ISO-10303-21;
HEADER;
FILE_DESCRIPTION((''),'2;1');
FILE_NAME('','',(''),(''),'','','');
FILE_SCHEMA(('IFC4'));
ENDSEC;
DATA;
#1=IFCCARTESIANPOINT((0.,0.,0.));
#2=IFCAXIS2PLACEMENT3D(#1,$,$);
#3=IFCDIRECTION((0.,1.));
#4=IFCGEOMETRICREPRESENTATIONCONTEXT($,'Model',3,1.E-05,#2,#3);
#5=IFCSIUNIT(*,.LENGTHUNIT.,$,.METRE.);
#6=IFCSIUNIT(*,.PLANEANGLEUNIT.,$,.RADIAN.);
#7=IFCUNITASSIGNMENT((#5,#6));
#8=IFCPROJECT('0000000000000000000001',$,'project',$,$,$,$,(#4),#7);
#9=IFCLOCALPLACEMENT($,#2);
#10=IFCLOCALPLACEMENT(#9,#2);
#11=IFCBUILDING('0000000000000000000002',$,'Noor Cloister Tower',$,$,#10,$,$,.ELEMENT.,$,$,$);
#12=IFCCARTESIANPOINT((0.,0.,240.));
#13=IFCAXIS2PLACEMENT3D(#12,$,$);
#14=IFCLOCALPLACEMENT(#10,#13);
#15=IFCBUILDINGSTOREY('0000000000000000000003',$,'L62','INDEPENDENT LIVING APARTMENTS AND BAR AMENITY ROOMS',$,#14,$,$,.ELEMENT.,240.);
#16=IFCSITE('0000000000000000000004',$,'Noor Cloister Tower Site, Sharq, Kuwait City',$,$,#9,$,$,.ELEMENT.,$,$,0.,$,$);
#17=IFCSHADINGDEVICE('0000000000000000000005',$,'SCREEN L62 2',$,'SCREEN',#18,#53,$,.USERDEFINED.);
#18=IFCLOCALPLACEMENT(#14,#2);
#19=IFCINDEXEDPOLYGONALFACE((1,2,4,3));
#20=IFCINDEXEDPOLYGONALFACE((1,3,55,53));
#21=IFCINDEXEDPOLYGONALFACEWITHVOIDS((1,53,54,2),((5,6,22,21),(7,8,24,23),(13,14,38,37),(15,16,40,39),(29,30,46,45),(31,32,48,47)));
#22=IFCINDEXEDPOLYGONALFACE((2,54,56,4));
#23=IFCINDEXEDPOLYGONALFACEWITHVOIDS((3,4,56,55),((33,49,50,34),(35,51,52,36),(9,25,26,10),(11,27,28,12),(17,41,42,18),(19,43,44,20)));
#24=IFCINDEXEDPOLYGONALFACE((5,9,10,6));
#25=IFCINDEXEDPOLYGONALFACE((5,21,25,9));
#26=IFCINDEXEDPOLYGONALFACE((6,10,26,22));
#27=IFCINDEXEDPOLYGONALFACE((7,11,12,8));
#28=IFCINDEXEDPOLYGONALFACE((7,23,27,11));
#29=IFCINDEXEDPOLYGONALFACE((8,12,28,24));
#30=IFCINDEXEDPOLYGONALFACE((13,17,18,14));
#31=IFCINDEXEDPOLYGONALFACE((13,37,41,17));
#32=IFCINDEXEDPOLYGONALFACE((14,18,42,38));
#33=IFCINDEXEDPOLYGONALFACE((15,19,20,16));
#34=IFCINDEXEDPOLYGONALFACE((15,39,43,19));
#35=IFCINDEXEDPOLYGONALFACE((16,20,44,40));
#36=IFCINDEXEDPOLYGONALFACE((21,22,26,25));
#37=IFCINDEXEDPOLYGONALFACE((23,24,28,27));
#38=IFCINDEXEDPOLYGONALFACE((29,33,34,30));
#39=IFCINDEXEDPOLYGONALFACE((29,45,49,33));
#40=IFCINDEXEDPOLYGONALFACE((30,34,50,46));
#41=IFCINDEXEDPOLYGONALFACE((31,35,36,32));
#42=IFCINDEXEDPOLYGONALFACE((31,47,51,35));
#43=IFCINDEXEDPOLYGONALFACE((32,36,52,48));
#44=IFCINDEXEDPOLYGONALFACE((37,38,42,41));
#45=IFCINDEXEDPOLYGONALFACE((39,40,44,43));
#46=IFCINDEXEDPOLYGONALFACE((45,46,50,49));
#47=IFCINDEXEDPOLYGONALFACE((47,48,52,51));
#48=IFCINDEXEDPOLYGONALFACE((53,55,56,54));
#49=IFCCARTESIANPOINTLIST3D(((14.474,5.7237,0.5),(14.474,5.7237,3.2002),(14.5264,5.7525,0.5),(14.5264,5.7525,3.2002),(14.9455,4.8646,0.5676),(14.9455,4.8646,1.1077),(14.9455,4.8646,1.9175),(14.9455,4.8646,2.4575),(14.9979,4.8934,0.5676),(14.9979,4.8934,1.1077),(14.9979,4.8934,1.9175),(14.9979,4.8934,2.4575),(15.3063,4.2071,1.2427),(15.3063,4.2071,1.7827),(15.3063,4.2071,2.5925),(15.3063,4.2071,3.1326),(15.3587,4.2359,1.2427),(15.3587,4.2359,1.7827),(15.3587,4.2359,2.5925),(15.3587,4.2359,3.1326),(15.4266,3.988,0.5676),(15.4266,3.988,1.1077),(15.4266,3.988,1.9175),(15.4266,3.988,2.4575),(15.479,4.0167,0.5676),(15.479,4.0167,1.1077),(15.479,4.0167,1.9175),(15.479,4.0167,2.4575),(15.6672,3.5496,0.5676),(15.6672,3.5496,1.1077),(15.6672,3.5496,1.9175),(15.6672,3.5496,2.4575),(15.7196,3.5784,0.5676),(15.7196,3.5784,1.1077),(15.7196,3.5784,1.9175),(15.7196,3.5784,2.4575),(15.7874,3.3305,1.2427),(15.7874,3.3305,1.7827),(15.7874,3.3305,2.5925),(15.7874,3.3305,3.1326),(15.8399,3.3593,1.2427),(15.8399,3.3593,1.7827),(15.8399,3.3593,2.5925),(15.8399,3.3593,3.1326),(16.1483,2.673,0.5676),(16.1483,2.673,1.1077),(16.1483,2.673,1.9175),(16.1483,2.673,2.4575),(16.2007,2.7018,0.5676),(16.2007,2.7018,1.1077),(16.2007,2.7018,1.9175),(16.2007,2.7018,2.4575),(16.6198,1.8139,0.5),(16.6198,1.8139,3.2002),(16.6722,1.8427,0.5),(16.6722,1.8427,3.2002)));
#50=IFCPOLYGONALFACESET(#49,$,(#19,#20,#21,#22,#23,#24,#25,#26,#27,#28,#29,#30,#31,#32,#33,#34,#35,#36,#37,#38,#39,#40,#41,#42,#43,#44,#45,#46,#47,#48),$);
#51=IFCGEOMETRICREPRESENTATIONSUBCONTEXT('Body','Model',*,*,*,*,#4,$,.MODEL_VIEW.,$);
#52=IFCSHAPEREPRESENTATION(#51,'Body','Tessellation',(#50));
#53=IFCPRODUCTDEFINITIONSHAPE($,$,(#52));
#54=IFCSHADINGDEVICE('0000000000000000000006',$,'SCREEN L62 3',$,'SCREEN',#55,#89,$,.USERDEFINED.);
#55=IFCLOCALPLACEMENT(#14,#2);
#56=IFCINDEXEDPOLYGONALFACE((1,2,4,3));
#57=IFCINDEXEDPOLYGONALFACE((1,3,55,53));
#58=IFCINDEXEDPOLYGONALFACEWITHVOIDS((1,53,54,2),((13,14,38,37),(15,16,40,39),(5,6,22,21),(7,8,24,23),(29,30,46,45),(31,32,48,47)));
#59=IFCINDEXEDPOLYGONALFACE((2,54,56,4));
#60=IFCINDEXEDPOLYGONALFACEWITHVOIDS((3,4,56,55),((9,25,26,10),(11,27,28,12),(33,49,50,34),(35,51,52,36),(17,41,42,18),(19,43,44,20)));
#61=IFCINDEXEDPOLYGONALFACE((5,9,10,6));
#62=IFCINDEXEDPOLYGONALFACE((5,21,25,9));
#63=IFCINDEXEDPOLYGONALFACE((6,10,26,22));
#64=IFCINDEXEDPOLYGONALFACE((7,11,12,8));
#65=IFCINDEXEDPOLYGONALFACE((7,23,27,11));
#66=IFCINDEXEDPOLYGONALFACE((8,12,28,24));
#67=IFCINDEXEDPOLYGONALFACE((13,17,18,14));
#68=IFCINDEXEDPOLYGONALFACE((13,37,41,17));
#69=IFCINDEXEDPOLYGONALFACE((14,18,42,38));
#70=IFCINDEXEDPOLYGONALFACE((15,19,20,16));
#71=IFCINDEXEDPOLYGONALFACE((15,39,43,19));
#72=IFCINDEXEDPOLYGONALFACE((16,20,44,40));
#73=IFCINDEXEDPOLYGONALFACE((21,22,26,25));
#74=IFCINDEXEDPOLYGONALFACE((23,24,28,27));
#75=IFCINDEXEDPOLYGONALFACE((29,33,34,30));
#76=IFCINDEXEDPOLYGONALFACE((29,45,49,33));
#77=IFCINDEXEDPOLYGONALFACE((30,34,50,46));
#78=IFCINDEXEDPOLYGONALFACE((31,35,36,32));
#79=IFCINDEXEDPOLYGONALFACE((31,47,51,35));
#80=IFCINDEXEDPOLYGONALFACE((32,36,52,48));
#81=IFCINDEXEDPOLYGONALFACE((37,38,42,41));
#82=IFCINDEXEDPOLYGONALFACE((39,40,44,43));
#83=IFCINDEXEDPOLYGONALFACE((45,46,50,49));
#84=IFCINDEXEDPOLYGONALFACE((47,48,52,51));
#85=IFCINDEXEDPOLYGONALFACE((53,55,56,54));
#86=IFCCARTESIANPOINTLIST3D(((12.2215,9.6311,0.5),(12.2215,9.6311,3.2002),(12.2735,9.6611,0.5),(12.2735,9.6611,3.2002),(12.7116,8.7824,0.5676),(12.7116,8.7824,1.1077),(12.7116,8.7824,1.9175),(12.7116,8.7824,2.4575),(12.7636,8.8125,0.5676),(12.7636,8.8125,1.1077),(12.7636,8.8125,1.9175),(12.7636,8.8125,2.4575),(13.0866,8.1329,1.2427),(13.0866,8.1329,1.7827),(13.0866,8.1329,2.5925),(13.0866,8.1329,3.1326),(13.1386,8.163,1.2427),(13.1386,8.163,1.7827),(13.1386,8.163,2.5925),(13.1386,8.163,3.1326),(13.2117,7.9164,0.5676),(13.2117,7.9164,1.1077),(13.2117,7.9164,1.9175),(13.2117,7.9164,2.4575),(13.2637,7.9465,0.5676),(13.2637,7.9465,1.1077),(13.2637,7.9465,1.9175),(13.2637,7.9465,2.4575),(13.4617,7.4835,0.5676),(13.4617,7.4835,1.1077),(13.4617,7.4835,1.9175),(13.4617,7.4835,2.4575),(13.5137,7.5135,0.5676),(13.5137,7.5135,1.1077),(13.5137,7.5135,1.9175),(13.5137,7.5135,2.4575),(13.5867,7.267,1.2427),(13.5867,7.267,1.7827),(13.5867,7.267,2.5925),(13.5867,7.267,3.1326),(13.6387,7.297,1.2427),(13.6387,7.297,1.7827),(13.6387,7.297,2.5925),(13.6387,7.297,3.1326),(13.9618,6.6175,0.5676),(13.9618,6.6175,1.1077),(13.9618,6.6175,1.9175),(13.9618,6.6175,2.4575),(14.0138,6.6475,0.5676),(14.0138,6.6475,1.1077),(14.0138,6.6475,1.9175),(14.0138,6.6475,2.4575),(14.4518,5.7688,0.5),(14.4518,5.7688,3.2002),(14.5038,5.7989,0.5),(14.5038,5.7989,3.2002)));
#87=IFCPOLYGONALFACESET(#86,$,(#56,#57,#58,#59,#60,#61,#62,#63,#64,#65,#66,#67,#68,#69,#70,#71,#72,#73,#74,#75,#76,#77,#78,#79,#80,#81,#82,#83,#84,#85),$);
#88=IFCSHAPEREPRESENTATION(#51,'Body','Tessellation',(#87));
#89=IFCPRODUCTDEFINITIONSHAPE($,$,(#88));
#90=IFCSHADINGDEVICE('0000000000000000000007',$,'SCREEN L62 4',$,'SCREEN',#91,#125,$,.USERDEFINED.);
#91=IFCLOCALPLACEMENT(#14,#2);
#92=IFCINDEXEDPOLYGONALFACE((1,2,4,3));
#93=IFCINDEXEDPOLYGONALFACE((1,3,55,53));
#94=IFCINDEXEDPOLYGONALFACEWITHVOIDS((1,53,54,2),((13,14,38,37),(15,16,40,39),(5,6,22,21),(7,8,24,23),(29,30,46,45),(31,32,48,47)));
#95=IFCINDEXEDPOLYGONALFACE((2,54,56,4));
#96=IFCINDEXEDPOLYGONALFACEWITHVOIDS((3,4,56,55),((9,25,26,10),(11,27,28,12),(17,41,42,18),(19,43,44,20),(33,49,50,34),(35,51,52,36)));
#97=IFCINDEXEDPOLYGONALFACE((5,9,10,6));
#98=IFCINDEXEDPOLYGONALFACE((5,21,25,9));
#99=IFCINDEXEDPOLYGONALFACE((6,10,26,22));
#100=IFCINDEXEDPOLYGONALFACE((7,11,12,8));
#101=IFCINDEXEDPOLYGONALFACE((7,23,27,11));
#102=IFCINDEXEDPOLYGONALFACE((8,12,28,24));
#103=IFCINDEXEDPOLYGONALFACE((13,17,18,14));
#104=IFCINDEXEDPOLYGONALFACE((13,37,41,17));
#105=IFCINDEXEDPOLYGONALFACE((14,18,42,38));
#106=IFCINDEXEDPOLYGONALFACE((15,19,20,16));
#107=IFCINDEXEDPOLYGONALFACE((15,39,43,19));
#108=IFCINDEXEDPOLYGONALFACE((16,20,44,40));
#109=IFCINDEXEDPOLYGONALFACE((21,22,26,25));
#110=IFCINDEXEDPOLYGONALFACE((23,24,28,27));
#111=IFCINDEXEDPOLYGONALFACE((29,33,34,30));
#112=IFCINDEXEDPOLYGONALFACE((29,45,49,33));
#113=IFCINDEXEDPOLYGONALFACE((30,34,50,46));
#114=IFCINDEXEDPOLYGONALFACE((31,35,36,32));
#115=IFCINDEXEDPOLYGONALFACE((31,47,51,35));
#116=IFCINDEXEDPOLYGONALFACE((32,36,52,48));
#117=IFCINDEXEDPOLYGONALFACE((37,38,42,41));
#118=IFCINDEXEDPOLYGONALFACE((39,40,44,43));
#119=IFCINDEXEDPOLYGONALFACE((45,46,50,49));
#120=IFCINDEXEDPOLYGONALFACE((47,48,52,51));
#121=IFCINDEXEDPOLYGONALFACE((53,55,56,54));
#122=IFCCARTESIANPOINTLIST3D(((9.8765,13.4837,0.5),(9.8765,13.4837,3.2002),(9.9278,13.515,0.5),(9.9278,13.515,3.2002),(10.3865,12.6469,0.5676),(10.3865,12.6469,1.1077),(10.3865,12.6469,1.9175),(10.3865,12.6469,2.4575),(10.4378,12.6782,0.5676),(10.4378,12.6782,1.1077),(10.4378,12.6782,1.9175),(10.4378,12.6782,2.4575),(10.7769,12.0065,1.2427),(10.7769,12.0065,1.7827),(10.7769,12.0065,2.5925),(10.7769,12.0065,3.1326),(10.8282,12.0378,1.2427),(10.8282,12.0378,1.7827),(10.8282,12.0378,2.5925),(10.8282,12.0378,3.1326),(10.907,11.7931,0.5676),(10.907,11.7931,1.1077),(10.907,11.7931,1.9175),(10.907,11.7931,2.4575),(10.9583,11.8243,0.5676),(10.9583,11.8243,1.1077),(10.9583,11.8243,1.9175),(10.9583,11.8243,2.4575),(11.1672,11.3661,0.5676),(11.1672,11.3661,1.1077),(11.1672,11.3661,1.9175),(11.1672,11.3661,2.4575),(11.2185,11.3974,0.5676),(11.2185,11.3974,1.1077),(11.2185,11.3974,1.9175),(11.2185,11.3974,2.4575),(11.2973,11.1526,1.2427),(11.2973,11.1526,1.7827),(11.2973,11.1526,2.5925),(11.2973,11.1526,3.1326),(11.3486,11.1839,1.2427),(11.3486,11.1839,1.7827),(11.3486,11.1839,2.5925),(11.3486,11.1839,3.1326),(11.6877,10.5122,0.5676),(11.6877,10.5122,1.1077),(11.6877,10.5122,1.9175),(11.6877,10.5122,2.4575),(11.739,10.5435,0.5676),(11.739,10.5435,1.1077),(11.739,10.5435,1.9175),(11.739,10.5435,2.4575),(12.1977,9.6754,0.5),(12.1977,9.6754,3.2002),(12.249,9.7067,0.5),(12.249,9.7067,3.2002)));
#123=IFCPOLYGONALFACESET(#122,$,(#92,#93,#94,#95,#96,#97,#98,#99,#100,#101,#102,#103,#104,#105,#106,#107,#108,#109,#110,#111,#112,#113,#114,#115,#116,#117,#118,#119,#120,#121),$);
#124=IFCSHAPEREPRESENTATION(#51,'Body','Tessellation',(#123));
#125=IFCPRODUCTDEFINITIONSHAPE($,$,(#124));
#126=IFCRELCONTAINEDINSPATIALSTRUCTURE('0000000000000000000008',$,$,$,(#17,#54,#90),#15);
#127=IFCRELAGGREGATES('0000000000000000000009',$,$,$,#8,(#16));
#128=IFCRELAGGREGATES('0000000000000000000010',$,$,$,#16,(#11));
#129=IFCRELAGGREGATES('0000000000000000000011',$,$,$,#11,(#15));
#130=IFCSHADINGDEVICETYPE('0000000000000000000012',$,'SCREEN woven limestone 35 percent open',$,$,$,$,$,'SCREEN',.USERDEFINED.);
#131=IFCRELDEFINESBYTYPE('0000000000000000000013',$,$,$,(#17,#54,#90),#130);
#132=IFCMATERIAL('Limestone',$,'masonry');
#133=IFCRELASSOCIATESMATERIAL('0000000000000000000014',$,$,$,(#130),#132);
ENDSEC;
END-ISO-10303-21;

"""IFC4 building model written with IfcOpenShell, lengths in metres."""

from ifc_helpers import new_model, si_unit, direction, frame, origin, place, context, subcontext, project, spatial, polyline, outline, extrude, material, material_profile, profile_set, type_object, element, save


model = new_model("IFC4")

# Units and contexts
model_context = context("Model", 3, precision=1e-05, world=origin(), true_north=direction((0.0, 1.0)))
body_context = subcontext(model_context, "Body", "Model", "MODEL_VIEW")
ifc_project = project(units=[si_unit("LENGTHUNIT", "METRE"), si_unit("PLANEANGLEUNIT", "RADIAN")], contexts=[model_context])

# Site, building, storey
site_placement = place(None, origin())
site = spatial("IfcSite", under=ifc_project, at=site_placement, Name="Noor Cloister Tower Site, Sharq, Kuwait City", CompositionType="ELEMENT", RefElevation=0.0)
building_placement = place(site_placement, origin())
building = spatial("IfcBuilding", under=site, at=building_placement, Name="Noor Cloister Tower", CompositionType="ELEMENT")
storey_placement = place(building_placement, frame((0.0, 0.0, 240.0)))
storey = spatial("IfcBuildingStorey", under=building, at=storey_placement, Name="L62", Description="INDEPENDENT LIVING APARTMENTS AND BAR AMENITY ROOMS", CompositionType="ELEMENT", Elevation=240.0)

# Shading devices
ifc_material_1 = material(Name="Limestone", Category="masonry")
ifc_material_profile_1 = material_profile(ifc_material_1, outline(polyline([(-2.23, -1.3501), (2.23, -1.3501), (2.23, 1.3501), (-2.23, 1.3501), (-2.23, -1.3501)]), holes=[polyline([(-1.25, -1.2825), (-0.25, -1.2825), (-0.25, -0.7424), (-1.25, -0.7424), (-1.25, -1.2825)]), polyline([(0.25, -1.2825), (1.25, -1.2825), (1.25, -0.7424), (0.25, -0.7424), (0.25, -1.2825)]), polyline([(-0.5, -0.6074), (0.5, -0.6074), (0.5, -0.0674), (-0.5, -0.0674), (-0.5, -0.6074)]), polyline([(-1.25, 0.0674), (-0.25, 0.0674), (-0.25, 0.6074), (-1.25, 0.6074), (-1.25, 0.0674)]), polyline([(0.25, 0.0674), (1.25, 0.0674), (1.25, 0.6074), (0.25, 0.6074), (0.25, 0.0674)]), polyline([(-0.5, 0.7424), (0.5, 0.7424), (0.5, 1.2825), (-0.5, 1.2825), (-0.5, 0.7424)])]), Name="Woven screen 35 percent open")
ifc_profile_set_1 = profile_set([ifc_material_profile_1], Name="Limestone")
shading_device_type = type_object("IfcShadingDeviceType", Name="SCREEN woven limestone 35 percent open", ElementType="SCREEN", PredefinedType="USERDEFINED", material=ifc_profile_set_1)
shading_device_placement = place(storey_placement, frame((15.5469, 3.7688, 1.8501), z_axis=(0.876646, 0.481136, 0.0), x_axis=(-0.481136, 0.876646, 0.0)))
element("IfcShadingDevice", 1, at=shading_device_placement, inside=storey, type_object=shading_device_type, Name="SCREEN L62 2", ObjectType="SCREEN", PredefinedType="USERDEFINED", context=body_context, shape_type="SweptSolid", body=[
    extrude(outline(polyline([(-2.23, -1.3501), (2.23, -1.3501), (2.23, 1.3501), (-2.23, 1.3501), (-2.23, -1.3501)]), holes=[polyline([(-1.25, -1.2825), (-0.25, -1.2825), (-0.25, -0.7424), (-1.25, -0.7424), (-1.25, -1.2825)]), polyline([(0.25, -1.2825), (1.25, -1.2825), (1.25, -0.7424), (0.25, -0.7424), (0.25, -1.2825)]), polyline([(-0.5, -0.6074), (0.5, -0.6074), (0.5, -0.0674), (-0.5, -0.0674), (-0.5, -0.6074)]), polyline([(-1.25, 0.0674), (-0.25, 0.0674), (-0.25, 0.6074), (-1.25, 0.6074), (-1.25, 0.0674)]), polyline([(0.25, 0.0674), (1.25, 0.0674), (1.25, 0.6074), (0.25, 0.6074), (0.25, 0.0674)]), polyline([(-0.5, 0.7424), (0.5, 0.7424), (0.5, 1.2825), (-0.5, 1.2825), (-0.5, 0.7424)])]), origin(), (0.0, 0.0, 1.0), 0.0598),
])
for number, where, z_axis, x_axis, name in (
    (2, (13.3367, 7.7, 1.8501), (0.865982, 0.500074, 0.0), (-0.500074, 0.865982, 0.0), "SCREEN L62 3"),
    (3, (11.0371, 11.5796, 1.8501), (0.853884, 0.520463, 0.0), (-0.520463, 0.853884, 0.0), "SCREEN L62 4"),
):
    element("IfcShadingDevice", number, at=place(storey_placement, frame(where, z_axis=z_axis, x_axis=x_axis)), inside=storey, type_object=shading_device_type, Name=name, ObjectType="SCREEN", PredefinedType="USERDEFINED", context=body_context, shape_type="SweptSolid", body=[
        extrude(outline(polyline([(-2.23, -1.3501), (2.23, -1.3501), (2.23, 1.3501), (-2.23, 1.3501), (-2.23, -1.3501)]), holes=[polyline([(-1.25, -1.2825), (-0.25, -1.2825), (-0.25, -0.7424), (-1.25, -0.7424), (-1.25, -1.2825)]), polyline([(0.25, -1.2825), (1.25, -1.2825), (1.25, -0.7424), (0.25, -0.7424), (0.25, -1.2825)]), polyline([(-0.5, -0.6074), (0.5, -0.6074), (0.5, -0.0674), (-0.5, -0.0674), (-0.5, -0.6074)]), polyline([(-1.25, 0.0674), (-0.25, 0.0674), (-0.25, 0.6074), (-1.25, 0.6074), (-1.25, 0.0674)]), polyline([(0.25, 0.0674), (1.25, 0.0674), (1.25, 0.6074), (0.25, 0.6074), (0.25, 0.0674)]), polyline([(-0.5, 0.7424), (0.5, 0.7424), (0.5, 1.2825), (-0.5, 1.2825), (-0.5, 0.7424)])]), origin(), (0.0, 0.0, 1.0), 0.0601),
    ])

save(model, "model.ifc")
